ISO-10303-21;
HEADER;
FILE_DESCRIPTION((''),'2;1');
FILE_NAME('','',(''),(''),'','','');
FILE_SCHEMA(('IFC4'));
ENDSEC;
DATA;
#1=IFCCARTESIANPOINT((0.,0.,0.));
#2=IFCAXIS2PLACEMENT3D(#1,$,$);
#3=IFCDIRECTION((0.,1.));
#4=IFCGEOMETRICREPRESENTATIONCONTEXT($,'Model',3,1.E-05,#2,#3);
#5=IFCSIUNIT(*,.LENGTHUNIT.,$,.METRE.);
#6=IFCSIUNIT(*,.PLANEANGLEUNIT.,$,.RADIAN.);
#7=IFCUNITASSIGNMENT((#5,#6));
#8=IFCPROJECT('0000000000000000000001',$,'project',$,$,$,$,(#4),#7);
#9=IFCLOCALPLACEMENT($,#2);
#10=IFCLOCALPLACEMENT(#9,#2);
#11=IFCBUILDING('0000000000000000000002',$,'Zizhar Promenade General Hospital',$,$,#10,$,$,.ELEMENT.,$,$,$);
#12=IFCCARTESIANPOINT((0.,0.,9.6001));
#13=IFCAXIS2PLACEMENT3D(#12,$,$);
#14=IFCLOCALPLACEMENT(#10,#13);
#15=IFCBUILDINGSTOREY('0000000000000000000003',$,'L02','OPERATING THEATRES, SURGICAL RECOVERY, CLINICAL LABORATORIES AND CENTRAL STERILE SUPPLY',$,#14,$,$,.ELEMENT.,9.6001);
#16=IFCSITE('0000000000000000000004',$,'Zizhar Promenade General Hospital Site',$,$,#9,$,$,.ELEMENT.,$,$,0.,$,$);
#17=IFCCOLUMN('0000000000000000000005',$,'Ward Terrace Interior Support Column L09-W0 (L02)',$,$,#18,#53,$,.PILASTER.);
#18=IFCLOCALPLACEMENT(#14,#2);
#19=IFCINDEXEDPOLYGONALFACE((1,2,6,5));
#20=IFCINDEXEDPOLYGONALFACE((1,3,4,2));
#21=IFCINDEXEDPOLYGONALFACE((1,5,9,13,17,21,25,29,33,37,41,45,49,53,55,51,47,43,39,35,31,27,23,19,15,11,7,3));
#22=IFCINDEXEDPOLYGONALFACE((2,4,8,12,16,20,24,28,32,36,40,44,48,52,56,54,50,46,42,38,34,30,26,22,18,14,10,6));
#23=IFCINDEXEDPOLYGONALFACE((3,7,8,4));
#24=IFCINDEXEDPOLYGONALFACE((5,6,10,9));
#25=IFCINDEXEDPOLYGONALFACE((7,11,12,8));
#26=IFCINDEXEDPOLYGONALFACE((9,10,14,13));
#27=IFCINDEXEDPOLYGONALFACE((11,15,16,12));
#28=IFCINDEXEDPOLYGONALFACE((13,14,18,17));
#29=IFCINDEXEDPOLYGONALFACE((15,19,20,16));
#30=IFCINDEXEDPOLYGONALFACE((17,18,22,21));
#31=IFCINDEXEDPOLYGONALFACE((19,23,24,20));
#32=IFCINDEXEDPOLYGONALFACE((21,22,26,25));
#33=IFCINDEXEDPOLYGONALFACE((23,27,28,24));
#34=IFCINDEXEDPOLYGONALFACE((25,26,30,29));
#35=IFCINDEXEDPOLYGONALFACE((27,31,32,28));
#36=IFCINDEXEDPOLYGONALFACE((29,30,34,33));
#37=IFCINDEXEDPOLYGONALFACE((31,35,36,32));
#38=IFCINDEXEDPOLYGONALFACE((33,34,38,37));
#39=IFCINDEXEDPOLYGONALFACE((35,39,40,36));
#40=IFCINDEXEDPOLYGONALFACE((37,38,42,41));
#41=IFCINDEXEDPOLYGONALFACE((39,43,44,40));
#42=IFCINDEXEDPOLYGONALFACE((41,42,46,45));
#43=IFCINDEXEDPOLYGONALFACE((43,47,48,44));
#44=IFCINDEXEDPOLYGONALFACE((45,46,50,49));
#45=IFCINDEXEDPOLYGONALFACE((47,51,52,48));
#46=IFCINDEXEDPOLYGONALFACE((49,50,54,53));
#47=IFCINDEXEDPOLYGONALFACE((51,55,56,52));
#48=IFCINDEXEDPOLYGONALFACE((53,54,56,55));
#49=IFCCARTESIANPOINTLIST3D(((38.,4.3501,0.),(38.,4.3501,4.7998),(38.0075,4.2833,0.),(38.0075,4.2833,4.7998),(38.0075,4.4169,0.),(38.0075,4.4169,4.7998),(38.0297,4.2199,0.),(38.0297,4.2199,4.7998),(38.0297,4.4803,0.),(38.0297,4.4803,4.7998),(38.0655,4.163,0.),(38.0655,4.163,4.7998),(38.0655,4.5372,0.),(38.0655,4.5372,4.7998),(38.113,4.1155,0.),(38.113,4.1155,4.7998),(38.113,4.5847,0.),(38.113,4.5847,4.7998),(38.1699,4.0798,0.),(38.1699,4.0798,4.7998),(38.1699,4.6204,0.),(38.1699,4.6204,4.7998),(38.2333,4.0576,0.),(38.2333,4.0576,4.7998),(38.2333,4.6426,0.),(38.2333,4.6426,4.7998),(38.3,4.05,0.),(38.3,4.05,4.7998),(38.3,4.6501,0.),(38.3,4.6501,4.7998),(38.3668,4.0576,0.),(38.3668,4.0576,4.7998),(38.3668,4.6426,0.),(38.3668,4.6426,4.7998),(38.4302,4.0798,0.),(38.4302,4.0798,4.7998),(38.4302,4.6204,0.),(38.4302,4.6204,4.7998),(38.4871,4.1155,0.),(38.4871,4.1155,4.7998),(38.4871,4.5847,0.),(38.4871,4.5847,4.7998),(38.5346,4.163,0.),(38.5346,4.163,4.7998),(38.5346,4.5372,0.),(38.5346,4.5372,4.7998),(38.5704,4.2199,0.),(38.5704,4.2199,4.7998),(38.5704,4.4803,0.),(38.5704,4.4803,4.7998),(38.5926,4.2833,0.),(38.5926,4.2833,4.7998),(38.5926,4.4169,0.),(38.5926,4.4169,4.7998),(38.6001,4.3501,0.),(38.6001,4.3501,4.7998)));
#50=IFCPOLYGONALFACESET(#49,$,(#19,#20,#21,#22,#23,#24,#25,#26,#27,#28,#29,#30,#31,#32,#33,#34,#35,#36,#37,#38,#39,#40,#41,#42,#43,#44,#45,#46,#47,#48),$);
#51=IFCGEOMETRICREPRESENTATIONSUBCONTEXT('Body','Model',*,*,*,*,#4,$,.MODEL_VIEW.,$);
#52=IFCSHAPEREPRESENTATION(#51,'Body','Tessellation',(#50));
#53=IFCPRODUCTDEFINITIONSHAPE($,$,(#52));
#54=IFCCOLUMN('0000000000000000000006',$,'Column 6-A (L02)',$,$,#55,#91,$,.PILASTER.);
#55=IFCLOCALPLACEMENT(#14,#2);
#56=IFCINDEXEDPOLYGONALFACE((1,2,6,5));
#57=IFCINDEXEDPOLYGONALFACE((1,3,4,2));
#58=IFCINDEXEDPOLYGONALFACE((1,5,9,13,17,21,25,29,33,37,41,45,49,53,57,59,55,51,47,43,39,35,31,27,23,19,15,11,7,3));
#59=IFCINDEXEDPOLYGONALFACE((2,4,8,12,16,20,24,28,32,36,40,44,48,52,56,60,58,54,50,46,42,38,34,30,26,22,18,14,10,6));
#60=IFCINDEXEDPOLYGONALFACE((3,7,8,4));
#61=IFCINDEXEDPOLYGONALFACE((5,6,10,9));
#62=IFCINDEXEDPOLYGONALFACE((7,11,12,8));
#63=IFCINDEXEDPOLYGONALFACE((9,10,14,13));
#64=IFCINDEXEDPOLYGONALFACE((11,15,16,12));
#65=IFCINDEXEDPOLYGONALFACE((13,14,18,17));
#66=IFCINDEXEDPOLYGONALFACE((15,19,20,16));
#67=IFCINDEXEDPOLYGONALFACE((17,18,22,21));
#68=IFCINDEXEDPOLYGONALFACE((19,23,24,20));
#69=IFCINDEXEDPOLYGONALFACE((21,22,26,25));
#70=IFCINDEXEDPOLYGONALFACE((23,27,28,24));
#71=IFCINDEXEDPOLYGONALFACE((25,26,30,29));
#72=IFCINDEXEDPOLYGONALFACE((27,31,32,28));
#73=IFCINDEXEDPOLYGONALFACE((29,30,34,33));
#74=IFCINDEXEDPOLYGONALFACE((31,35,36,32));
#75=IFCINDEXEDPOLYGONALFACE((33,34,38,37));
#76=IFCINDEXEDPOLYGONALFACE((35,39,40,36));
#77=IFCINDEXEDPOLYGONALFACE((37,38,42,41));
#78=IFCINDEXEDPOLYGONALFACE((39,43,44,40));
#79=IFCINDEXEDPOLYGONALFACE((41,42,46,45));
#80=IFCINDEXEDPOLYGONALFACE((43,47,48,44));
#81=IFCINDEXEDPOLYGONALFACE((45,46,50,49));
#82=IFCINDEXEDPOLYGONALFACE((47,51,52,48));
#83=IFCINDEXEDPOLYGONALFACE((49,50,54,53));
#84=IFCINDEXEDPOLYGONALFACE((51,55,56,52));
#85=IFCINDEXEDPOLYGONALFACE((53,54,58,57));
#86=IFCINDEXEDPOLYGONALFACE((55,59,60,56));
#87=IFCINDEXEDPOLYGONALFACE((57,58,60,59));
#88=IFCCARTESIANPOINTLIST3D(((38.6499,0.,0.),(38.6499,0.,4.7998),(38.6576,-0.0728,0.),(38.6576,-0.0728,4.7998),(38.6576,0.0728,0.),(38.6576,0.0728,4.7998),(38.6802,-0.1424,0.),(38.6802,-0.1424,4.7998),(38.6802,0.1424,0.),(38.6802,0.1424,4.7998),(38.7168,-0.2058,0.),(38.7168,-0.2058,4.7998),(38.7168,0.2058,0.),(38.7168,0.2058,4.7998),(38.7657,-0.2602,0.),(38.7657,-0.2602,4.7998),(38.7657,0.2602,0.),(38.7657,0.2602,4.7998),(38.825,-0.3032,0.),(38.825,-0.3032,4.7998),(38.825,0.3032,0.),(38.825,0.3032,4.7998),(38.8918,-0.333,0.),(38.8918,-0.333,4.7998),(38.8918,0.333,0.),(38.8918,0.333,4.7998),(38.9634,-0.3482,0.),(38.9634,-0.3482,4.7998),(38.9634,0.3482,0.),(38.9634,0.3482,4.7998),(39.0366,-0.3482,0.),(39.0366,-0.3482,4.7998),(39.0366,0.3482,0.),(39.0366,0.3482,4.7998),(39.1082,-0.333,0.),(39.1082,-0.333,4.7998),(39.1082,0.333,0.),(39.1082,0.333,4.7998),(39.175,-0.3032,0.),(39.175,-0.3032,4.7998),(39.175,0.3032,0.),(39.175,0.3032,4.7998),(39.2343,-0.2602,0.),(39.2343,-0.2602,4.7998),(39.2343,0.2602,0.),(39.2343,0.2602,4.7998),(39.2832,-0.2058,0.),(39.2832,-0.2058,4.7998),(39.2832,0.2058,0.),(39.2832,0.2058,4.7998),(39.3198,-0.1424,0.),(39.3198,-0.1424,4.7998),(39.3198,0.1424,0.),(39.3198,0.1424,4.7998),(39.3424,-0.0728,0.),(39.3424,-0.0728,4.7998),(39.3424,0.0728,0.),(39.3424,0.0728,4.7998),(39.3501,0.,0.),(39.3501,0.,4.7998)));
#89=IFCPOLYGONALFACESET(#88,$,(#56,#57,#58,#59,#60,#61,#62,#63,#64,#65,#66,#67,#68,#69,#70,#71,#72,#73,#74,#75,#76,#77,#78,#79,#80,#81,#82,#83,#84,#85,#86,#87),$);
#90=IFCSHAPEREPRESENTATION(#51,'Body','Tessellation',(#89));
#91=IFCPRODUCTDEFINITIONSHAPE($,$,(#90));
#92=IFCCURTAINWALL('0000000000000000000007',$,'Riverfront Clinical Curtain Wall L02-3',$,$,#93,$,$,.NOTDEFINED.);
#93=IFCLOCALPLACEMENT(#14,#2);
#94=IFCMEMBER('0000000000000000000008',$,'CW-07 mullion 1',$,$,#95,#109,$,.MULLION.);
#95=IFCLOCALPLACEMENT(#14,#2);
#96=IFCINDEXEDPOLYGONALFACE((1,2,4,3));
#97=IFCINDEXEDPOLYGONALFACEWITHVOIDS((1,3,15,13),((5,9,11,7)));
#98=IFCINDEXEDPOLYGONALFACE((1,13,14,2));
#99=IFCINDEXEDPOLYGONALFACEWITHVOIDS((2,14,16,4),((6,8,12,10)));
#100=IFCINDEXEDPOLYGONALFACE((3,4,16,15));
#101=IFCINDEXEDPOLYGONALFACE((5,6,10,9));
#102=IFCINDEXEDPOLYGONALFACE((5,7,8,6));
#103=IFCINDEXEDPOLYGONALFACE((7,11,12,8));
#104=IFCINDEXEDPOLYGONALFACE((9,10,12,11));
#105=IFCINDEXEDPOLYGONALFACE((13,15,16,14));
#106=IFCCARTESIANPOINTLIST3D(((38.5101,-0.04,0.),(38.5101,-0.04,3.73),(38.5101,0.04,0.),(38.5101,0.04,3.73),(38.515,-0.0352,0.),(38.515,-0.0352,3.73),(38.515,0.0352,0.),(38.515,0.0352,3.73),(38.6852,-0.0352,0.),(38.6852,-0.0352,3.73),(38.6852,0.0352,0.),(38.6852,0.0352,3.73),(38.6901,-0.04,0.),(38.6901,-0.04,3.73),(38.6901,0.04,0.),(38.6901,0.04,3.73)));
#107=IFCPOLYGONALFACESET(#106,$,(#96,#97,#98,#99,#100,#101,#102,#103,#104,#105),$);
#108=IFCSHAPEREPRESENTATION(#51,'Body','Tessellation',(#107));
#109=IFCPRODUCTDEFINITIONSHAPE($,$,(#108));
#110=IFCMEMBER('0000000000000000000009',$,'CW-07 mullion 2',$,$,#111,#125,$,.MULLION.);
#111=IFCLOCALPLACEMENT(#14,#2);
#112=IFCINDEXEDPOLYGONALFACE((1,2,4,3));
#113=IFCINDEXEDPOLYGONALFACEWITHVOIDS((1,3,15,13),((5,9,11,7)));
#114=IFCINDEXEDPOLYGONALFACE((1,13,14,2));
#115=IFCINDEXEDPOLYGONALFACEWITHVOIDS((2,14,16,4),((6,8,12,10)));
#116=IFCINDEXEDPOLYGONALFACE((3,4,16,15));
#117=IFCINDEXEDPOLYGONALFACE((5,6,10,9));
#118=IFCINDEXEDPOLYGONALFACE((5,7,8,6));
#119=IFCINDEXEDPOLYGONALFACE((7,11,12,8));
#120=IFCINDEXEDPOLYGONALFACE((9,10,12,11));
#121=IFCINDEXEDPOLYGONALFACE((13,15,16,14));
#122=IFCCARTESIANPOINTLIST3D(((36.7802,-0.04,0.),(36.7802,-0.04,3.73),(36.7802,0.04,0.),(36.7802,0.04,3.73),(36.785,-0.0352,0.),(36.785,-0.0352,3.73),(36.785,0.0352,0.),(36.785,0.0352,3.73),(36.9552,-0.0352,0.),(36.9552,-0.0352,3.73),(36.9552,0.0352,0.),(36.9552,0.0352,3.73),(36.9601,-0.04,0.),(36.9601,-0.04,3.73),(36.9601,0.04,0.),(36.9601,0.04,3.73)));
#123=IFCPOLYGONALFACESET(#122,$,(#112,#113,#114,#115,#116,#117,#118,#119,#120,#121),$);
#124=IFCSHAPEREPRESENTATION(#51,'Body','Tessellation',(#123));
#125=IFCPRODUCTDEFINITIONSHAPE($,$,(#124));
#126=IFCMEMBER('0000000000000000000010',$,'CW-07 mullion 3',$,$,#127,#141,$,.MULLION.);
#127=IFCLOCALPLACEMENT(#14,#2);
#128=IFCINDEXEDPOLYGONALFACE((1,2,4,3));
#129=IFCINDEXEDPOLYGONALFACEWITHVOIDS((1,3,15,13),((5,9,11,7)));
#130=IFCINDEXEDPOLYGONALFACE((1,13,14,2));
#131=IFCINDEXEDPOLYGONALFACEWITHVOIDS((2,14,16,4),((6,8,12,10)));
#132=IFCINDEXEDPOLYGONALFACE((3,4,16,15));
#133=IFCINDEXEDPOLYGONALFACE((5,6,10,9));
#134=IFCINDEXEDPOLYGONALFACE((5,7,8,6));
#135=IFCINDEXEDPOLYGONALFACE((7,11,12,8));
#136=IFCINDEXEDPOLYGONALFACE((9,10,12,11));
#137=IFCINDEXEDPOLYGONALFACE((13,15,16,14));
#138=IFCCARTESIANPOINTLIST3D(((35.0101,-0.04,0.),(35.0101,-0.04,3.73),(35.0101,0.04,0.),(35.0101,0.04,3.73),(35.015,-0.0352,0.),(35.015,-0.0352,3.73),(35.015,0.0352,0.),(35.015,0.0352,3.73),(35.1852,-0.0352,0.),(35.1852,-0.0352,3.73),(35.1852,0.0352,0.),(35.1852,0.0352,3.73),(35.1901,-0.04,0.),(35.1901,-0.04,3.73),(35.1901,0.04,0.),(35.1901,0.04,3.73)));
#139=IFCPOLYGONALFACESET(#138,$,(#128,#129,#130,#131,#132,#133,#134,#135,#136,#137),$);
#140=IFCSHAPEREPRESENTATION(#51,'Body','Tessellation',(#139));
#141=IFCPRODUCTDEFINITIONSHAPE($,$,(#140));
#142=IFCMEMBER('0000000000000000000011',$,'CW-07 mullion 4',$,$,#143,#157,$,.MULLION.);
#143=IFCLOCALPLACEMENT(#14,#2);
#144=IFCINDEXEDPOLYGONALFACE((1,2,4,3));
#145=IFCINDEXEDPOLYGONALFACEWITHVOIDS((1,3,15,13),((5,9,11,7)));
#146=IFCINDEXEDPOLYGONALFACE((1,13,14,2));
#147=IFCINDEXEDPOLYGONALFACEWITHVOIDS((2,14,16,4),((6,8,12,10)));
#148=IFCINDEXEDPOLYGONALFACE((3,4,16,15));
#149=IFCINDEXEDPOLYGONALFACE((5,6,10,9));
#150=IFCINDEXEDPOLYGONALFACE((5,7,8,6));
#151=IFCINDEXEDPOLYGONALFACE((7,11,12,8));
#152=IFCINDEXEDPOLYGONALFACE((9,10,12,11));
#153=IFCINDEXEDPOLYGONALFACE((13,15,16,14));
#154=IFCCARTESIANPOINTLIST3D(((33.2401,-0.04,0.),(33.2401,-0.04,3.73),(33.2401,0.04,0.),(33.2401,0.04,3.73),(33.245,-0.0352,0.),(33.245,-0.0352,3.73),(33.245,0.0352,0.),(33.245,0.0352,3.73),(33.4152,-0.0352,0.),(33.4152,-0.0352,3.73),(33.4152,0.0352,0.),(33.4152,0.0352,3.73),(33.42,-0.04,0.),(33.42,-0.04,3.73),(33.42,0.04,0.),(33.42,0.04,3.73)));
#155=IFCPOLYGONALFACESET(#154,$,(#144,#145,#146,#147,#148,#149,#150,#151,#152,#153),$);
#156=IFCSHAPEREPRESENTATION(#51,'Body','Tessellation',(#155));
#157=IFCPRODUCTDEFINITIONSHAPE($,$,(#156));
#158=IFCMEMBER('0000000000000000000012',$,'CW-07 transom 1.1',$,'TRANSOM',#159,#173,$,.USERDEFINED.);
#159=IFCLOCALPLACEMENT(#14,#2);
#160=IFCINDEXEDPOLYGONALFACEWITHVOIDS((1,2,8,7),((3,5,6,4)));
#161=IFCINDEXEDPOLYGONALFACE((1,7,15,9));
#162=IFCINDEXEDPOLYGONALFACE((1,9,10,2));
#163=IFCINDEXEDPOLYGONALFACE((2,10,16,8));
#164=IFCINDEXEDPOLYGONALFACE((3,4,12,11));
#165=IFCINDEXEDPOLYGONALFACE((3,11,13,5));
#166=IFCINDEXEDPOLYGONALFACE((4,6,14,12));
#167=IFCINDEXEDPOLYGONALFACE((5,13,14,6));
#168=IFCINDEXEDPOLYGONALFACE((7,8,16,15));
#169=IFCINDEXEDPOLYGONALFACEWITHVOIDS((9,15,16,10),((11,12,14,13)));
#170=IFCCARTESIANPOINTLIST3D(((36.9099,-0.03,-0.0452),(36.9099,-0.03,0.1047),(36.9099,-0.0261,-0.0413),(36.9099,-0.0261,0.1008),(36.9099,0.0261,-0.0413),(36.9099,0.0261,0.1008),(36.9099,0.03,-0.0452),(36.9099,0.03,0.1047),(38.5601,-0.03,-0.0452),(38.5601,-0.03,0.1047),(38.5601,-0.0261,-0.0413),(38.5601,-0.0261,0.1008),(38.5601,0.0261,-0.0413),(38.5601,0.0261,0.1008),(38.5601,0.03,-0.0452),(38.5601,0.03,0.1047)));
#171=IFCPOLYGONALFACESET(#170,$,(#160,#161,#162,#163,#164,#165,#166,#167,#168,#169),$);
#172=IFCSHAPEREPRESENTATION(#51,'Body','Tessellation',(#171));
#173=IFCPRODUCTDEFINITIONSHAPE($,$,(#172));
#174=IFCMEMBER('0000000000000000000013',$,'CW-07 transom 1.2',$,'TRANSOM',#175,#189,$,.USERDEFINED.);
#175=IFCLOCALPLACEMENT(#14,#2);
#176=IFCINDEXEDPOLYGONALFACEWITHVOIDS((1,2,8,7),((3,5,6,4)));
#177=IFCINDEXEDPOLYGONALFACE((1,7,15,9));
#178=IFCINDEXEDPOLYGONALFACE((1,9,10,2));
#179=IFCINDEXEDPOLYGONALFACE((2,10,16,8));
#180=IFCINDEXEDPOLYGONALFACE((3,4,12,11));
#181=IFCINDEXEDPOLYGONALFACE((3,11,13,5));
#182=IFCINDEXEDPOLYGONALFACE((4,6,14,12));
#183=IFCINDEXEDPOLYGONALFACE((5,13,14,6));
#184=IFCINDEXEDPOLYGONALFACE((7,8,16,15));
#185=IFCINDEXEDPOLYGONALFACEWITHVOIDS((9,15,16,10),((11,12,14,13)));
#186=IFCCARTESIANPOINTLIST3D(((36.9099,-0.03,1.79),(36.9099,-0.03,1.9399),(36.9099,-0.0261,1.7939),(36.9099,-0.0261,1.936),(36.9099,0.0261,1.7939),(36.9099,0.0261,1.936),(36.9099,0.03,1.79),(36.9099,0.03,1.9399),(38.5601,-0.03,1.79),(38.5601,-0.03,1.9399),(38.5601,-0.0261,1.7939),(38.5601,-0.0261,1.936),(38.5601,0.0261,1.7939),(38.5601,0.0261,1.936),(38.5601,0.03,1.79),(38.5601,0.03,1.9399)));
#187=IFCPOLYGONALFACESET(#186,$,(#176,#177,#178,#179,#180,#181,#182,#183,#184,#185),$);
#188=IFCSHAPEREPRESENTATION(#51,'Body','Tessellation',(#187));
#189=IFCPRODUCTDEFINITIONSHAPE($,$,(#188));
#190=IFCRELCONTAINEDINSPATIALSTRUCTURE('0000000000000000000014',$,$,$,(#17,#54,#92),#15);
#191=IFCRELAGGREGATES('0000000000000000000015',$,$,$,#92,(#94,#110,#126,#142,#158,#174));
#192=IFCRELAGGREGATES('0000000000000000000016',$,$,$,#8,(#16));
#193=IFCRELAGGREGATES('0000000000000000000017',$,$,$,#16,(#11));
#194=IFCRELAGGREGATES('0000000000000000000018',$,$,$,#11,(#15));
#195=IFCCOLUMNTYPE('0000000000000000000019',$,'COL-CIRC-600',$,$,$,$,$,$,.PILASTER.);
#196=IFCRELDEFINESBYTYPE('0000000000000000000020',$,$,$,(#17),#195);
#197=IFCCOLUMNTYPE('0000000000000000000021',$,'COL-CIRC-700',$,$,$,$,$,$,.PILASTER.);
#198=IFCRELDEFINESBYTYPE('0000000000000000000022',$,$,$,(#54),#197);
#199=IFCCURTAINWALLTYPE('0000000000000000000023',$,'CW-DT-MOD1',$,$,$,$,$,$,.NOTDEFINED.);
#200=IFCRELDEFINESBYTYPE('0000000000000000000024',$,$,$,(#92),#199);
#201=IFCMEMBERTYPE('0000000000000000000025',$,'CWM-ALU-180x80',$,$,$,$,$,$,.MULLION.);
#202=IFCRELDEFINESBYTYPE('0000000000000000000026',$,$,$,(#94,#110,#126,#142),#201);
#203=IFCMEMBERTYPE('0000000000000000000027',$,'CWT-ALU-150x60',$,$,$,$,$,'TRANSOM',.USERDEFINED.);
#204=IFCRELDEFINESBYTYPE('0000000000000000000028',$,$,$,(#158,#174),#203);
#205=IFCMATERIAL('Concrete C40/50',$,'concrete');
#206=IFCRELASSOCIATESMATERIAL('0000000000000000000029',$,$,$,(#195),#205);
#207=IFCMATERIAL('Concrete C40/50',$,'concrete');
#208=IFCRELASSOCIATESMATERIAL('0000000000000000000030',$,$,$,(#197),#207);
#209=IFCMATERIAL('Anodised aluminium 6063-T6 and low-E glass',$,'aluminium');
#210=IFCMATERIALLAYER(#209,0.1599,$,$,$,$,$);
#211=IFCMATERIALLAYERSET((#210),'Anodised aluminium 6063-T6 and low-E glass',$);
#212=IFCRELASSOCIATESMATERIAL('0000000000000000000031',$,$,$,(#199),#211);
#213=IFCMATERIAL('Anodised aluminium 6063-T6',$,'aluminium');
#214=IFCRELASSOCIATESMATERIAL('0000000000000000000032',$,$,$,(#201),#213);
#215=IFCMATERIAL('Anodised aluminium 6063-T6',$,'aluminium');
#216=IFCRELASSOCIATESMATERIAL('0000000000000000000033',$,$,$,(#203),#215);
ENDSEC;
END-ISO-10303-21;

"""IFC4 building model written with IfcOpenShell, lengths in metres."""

from ifc_helpers import new_model, si_unit, direction, frame, origin, origin_2d, place, context, subcontext, project, spatial, hollow_rectangle, circle, extrude, material, layer, layer_set, material_profile, profile_set, type_object, element, aggregate, save


model = new_model("IFC4")

# Units and contexts
model_context = context("Model", 3, precision=1e-05, world=origin(), true_north=direction((0.0, 1.0)))
body_context = subcontext(model_context, "Body", "Model", "MODEL_VIEW")
ifc_project = project(units=[si_unit("LENGTHUNIT", "METRE"), si_unit("PLANEANGLEUNIT", "RADIAN")], contexts=[model_context])

# Site, building, storey
site_placement = place(None, origin())
site = spatial("IfcSite", under=ifc_project, at=site_placement, Name="Zizhar Promenade General Hospital Site", CompositionType="ELEMENT", RefElevation=0.0)
building_placement = place(site_placement, origin())
building = spatial("IfcBuilding", under=site, at=building_placement, Name="Zizhar Promenade General Hospital", CompositionType="ELEMENT")
storey_placement = place(building_placement, frame((0.0, 0.0, 9.6001)))
storey = spatial("IfcBuildingStorey", under=building, at=storey_placement, Name="L02", Description="OPERATING THEATRES, SURGICAL RECOVERY, CLINICAL LABORATORIES AND CENTRAL STERILE SUPPLY", CompositionType="ELEMENT", Elevation=9.6001)

# Columns
ifc_material_1 = material(Name="Concrete C40/50", Category="concrete")
ifc_material_profile_1 = material_profile(ifc_material_1, circle(Radius=0.3, at=origin_2d()))
ifc_profile_set_1 = profile_set([ifc_material_profile_1], Name="Concrete C40/50")
column_type_1 = type_object("IfcColumnType", Name="COL-CIRC-600", PredefinedType="PILASTER", material=ifc_profile_set_1)
column_1_placement = place(storey_placement, frame((38.3, 4.3501, 0.0), z_axis=(0.0, 0.0, 1.0), x_axis=(1.0, 0.0, 0.0)))
element("IfcColumn", 1, at=column_1_placement, inside=storey, type_object=column_type_1, Name="Ward Terrace Interior Support Column L09-W0 (L02)", PredefinedType="PILASTER", context=body_context, shape_type="SweptSolid", body=[
    extrude(circle(Radius=0.3, at=origin_2d()), origin(), (0.0, 0.0, 1.0), 4.7998),
])
ifc_material_2 = material(Name="Concrete C40/50", Category="concrete")
ifc_material_profile_2 = material_profile(ifc_material_2, circle(Radius=0.3501, at=origin_2d()))
ifc_profile_set_2 = profile_set([ifc_material_profile_2], Name="Concrete C40/50")
column_type_2 = type_object("IfcColumnType", Name="COL-CIRC-700", PredefinedType="PILASTER", material=ifc_profile_set_2)
column_2_placement = place(storey_placement, frame((39.0, 0.0, 0.0), z_axis=(0.0, 0.0, 1.0), x_axis=(1.0, 0.0, 0.0)))
element("IfcColumn", 2, at=column_2_placement, inside=storey, type_object=column_type_2, Name="Column 6-A (L02)", PredefinedType="PILASTER", context=body_context, shape_type="SweptSolid", body=[
    extrude(circle(Radius=0.3501, at=origin_2d()), origin(), (0.0, 0.0, 1.0), 4.7998),
])

# Curtain wall, members
ifc_material_3 = material(Name="Anodised aluminium 6063-T6 and low-E glass", Category="aluminium")
ifc_layer_1 = layer(ifc_material_3, 0.1599)
ifc_layer_set_1 = layer_set([ifc_layer_1], Name="Anodised aluminium 6063-T6 and low-E glass")
curtain_wall_type = type_object("IfcCurtainWallType", Name="CW-DT-MOD1", PredefinedType="NOTDEFINED", material=ifc_layer_set_1)
curtain_wall_placement = place(storey_placement, origin())
curtain_wall = element("IfcCurtainWall", 3, at=curtain_wall_placement, inside=storey, type_object=curtain_wall_type, Name="Riverfront Clinical Curtain Wall L02-3", PredefinedType="NOTDEFINED")
ifc_material_4 = material(Name="Anodised aluminium 6063-T6", Category="aluminium")
ifc_material_profile_3 = material_profile(ifc_material_4, hollow_rectangle(XDim=0.0801, YDim=0.1799, WallThickness=0.0049, at=origin_2d()))
ifc_profile_set_3 = profile_set([ifc_material_profile_3], Name="Anodised aluminium 6063-T6")
member_type_1 = type_object("IfcMemberType", Name="CWM-ALU-180x80", PredefinedType="MULLION", material=ifc_profile_set_3)
member_1_placement = place(storey_placement, frame((38.6001, 0.0, 0.0), z_axis=(0.0, 0.0, 1.0), x_axis=(0.0, -1.0, 0.0)))
member_1 = element("IfcMember", 4, at=member_1_placement, type_object=member_type_1, Name="CW-07 mullion 1", PredefinedType="MULLION", context=body_context, shape_type="SweptSolid", body=[
    extrude(hollow_rectangle(XDim=0.0801, YDim=0.1799, WallThickness=0.0049, at=origin_2d()), origin(), (0.0, 0.0, 1.0), 3.73),
])
member_2_placement = place(storey_placement, frame((36.8701, 0.0, 0.0), z_axis=(0.0, 0.0, 1.0), x_axis=(0.0, -1.0, 0.0)))
member_2 = element("IfcMember", 5, at=member_2_placement, type_object=member_type_1, Name="CW-07 mullion 2", PredefinedType="MULLION", context=body_context, shape_type="SweptSolid", body=[
    extrude(hollow_rectangle(XDim=0.0801, YDim=0.1799, WallThickness=0.0049, at=origin_2d()), origin(), (0.0, 0.0, 1.0), 3.73),
])
member_3_placement = place(storey_placement, frame((35.1001, 0.0, 0.0), z_axis=(0.0, 0.0, 1.0), x_axis=(0.0, -1.0, 0.0)))
member_3 = element("IfcMember", 6, at=member_3_placement, type_object=member_type_1, Name="CW-07 mullion 3", PredefinedType="MULLION", context=body_context, shape_type="SweptSolid", body=[
    extrude(hollow_rectangle(XDim=0.0801, YDim=0.1799, WallThickness=0.0049, at=origin_2d()), origin(), (0.0, 0.0, 1.0), 3.73),
])
member_4_placement = place(storey_placement, frame((33.3301, 0.0, 0.0), z_axis=(0.0, 0.0, 1.0), x_axis=(0.0, -1.0, 0.0)))
member_4 = element("IfcMember", 7, at=member_4_placement, type_object=member_type_1, Name="CW-07 mullion 4", PredefinedType="MULLION", context=body_context, shape_type="SweptSolid", body=[
    extrude(hollow_rectangle(XDim=0.0801, YDim=0.1799, WallThickness=0.0049, at=origin_2d()), origin(), (0.0, 0.0, 1.0), 3.73),
])
ifc_material_5 = material(Name="Anodised aluminium 6063-T6", Category="aluminium")
ifc_material_profile_4 = material_profile(ifc_material_5, hollow_rectangle(XDim=0.0601, YDim=0.1499, WallThickness=0.0039, at=origin_2d()))
ifc_profile_set_4 = profile_set([ifc_material_profile_4], Name="Anodised aluminium 6063-T6")
member_type_2 = type_object("IfcMemberType", Name="CWT-ALU-150x60", ElementType="TRANSOM", PredefinedType="USERDEFINED", material=ifc_profile_set_4)
member_5_placement = place(storey_placement, frame((38.5601, 0.0, 0.0298), z_axis=(-1.0, 0.0, 0.0), x_axis=(0.0, -1.0, 0.0)))
member_5 = element("IfcMember", 8, at=member_5_placement, type_object=member_type_2, Name="CW-07 transom 1.1", ObjectType="TRANSOM", PredefinedType="USERDEFINED", context=body_context, shape_type="SweptSolid", body=[
    extrude(hollow_rectangle(XDim=0.0601, YDim=0.1499, WallThickness=0.0039, at=origin_2d()), origin(), (0.0, 0.0, 1.0), 1.6501),
])
member_6_placement = place(storey_placement, frame((38.5601, 0.0, 1.865), z_axis=(-1.0, 0.0, 0.0), x_axis=(0.0, -1.0, 0.0)))
member_6 = element("IfcMember", 9, at=member_6_placement, type_object=member_type_2, Name="CW-07 transom 1.2", ObjectType="TRANSOM", PredefinedType="USERDEFINED", context=body_context, shape_type="SweptSolid", body=[
    extrude(hollow_rectangle(XDim=0.0601, YDim=0.1499, WallThickness=0.0039, at=origin_2d()), origin(), (0.0, 0.0, 1.0), 1.6501),
])
aggregate(curtain_wall, [member_1, member_2, member_3, member_4, member_5, member_6])

save(model, "model.ifc")
